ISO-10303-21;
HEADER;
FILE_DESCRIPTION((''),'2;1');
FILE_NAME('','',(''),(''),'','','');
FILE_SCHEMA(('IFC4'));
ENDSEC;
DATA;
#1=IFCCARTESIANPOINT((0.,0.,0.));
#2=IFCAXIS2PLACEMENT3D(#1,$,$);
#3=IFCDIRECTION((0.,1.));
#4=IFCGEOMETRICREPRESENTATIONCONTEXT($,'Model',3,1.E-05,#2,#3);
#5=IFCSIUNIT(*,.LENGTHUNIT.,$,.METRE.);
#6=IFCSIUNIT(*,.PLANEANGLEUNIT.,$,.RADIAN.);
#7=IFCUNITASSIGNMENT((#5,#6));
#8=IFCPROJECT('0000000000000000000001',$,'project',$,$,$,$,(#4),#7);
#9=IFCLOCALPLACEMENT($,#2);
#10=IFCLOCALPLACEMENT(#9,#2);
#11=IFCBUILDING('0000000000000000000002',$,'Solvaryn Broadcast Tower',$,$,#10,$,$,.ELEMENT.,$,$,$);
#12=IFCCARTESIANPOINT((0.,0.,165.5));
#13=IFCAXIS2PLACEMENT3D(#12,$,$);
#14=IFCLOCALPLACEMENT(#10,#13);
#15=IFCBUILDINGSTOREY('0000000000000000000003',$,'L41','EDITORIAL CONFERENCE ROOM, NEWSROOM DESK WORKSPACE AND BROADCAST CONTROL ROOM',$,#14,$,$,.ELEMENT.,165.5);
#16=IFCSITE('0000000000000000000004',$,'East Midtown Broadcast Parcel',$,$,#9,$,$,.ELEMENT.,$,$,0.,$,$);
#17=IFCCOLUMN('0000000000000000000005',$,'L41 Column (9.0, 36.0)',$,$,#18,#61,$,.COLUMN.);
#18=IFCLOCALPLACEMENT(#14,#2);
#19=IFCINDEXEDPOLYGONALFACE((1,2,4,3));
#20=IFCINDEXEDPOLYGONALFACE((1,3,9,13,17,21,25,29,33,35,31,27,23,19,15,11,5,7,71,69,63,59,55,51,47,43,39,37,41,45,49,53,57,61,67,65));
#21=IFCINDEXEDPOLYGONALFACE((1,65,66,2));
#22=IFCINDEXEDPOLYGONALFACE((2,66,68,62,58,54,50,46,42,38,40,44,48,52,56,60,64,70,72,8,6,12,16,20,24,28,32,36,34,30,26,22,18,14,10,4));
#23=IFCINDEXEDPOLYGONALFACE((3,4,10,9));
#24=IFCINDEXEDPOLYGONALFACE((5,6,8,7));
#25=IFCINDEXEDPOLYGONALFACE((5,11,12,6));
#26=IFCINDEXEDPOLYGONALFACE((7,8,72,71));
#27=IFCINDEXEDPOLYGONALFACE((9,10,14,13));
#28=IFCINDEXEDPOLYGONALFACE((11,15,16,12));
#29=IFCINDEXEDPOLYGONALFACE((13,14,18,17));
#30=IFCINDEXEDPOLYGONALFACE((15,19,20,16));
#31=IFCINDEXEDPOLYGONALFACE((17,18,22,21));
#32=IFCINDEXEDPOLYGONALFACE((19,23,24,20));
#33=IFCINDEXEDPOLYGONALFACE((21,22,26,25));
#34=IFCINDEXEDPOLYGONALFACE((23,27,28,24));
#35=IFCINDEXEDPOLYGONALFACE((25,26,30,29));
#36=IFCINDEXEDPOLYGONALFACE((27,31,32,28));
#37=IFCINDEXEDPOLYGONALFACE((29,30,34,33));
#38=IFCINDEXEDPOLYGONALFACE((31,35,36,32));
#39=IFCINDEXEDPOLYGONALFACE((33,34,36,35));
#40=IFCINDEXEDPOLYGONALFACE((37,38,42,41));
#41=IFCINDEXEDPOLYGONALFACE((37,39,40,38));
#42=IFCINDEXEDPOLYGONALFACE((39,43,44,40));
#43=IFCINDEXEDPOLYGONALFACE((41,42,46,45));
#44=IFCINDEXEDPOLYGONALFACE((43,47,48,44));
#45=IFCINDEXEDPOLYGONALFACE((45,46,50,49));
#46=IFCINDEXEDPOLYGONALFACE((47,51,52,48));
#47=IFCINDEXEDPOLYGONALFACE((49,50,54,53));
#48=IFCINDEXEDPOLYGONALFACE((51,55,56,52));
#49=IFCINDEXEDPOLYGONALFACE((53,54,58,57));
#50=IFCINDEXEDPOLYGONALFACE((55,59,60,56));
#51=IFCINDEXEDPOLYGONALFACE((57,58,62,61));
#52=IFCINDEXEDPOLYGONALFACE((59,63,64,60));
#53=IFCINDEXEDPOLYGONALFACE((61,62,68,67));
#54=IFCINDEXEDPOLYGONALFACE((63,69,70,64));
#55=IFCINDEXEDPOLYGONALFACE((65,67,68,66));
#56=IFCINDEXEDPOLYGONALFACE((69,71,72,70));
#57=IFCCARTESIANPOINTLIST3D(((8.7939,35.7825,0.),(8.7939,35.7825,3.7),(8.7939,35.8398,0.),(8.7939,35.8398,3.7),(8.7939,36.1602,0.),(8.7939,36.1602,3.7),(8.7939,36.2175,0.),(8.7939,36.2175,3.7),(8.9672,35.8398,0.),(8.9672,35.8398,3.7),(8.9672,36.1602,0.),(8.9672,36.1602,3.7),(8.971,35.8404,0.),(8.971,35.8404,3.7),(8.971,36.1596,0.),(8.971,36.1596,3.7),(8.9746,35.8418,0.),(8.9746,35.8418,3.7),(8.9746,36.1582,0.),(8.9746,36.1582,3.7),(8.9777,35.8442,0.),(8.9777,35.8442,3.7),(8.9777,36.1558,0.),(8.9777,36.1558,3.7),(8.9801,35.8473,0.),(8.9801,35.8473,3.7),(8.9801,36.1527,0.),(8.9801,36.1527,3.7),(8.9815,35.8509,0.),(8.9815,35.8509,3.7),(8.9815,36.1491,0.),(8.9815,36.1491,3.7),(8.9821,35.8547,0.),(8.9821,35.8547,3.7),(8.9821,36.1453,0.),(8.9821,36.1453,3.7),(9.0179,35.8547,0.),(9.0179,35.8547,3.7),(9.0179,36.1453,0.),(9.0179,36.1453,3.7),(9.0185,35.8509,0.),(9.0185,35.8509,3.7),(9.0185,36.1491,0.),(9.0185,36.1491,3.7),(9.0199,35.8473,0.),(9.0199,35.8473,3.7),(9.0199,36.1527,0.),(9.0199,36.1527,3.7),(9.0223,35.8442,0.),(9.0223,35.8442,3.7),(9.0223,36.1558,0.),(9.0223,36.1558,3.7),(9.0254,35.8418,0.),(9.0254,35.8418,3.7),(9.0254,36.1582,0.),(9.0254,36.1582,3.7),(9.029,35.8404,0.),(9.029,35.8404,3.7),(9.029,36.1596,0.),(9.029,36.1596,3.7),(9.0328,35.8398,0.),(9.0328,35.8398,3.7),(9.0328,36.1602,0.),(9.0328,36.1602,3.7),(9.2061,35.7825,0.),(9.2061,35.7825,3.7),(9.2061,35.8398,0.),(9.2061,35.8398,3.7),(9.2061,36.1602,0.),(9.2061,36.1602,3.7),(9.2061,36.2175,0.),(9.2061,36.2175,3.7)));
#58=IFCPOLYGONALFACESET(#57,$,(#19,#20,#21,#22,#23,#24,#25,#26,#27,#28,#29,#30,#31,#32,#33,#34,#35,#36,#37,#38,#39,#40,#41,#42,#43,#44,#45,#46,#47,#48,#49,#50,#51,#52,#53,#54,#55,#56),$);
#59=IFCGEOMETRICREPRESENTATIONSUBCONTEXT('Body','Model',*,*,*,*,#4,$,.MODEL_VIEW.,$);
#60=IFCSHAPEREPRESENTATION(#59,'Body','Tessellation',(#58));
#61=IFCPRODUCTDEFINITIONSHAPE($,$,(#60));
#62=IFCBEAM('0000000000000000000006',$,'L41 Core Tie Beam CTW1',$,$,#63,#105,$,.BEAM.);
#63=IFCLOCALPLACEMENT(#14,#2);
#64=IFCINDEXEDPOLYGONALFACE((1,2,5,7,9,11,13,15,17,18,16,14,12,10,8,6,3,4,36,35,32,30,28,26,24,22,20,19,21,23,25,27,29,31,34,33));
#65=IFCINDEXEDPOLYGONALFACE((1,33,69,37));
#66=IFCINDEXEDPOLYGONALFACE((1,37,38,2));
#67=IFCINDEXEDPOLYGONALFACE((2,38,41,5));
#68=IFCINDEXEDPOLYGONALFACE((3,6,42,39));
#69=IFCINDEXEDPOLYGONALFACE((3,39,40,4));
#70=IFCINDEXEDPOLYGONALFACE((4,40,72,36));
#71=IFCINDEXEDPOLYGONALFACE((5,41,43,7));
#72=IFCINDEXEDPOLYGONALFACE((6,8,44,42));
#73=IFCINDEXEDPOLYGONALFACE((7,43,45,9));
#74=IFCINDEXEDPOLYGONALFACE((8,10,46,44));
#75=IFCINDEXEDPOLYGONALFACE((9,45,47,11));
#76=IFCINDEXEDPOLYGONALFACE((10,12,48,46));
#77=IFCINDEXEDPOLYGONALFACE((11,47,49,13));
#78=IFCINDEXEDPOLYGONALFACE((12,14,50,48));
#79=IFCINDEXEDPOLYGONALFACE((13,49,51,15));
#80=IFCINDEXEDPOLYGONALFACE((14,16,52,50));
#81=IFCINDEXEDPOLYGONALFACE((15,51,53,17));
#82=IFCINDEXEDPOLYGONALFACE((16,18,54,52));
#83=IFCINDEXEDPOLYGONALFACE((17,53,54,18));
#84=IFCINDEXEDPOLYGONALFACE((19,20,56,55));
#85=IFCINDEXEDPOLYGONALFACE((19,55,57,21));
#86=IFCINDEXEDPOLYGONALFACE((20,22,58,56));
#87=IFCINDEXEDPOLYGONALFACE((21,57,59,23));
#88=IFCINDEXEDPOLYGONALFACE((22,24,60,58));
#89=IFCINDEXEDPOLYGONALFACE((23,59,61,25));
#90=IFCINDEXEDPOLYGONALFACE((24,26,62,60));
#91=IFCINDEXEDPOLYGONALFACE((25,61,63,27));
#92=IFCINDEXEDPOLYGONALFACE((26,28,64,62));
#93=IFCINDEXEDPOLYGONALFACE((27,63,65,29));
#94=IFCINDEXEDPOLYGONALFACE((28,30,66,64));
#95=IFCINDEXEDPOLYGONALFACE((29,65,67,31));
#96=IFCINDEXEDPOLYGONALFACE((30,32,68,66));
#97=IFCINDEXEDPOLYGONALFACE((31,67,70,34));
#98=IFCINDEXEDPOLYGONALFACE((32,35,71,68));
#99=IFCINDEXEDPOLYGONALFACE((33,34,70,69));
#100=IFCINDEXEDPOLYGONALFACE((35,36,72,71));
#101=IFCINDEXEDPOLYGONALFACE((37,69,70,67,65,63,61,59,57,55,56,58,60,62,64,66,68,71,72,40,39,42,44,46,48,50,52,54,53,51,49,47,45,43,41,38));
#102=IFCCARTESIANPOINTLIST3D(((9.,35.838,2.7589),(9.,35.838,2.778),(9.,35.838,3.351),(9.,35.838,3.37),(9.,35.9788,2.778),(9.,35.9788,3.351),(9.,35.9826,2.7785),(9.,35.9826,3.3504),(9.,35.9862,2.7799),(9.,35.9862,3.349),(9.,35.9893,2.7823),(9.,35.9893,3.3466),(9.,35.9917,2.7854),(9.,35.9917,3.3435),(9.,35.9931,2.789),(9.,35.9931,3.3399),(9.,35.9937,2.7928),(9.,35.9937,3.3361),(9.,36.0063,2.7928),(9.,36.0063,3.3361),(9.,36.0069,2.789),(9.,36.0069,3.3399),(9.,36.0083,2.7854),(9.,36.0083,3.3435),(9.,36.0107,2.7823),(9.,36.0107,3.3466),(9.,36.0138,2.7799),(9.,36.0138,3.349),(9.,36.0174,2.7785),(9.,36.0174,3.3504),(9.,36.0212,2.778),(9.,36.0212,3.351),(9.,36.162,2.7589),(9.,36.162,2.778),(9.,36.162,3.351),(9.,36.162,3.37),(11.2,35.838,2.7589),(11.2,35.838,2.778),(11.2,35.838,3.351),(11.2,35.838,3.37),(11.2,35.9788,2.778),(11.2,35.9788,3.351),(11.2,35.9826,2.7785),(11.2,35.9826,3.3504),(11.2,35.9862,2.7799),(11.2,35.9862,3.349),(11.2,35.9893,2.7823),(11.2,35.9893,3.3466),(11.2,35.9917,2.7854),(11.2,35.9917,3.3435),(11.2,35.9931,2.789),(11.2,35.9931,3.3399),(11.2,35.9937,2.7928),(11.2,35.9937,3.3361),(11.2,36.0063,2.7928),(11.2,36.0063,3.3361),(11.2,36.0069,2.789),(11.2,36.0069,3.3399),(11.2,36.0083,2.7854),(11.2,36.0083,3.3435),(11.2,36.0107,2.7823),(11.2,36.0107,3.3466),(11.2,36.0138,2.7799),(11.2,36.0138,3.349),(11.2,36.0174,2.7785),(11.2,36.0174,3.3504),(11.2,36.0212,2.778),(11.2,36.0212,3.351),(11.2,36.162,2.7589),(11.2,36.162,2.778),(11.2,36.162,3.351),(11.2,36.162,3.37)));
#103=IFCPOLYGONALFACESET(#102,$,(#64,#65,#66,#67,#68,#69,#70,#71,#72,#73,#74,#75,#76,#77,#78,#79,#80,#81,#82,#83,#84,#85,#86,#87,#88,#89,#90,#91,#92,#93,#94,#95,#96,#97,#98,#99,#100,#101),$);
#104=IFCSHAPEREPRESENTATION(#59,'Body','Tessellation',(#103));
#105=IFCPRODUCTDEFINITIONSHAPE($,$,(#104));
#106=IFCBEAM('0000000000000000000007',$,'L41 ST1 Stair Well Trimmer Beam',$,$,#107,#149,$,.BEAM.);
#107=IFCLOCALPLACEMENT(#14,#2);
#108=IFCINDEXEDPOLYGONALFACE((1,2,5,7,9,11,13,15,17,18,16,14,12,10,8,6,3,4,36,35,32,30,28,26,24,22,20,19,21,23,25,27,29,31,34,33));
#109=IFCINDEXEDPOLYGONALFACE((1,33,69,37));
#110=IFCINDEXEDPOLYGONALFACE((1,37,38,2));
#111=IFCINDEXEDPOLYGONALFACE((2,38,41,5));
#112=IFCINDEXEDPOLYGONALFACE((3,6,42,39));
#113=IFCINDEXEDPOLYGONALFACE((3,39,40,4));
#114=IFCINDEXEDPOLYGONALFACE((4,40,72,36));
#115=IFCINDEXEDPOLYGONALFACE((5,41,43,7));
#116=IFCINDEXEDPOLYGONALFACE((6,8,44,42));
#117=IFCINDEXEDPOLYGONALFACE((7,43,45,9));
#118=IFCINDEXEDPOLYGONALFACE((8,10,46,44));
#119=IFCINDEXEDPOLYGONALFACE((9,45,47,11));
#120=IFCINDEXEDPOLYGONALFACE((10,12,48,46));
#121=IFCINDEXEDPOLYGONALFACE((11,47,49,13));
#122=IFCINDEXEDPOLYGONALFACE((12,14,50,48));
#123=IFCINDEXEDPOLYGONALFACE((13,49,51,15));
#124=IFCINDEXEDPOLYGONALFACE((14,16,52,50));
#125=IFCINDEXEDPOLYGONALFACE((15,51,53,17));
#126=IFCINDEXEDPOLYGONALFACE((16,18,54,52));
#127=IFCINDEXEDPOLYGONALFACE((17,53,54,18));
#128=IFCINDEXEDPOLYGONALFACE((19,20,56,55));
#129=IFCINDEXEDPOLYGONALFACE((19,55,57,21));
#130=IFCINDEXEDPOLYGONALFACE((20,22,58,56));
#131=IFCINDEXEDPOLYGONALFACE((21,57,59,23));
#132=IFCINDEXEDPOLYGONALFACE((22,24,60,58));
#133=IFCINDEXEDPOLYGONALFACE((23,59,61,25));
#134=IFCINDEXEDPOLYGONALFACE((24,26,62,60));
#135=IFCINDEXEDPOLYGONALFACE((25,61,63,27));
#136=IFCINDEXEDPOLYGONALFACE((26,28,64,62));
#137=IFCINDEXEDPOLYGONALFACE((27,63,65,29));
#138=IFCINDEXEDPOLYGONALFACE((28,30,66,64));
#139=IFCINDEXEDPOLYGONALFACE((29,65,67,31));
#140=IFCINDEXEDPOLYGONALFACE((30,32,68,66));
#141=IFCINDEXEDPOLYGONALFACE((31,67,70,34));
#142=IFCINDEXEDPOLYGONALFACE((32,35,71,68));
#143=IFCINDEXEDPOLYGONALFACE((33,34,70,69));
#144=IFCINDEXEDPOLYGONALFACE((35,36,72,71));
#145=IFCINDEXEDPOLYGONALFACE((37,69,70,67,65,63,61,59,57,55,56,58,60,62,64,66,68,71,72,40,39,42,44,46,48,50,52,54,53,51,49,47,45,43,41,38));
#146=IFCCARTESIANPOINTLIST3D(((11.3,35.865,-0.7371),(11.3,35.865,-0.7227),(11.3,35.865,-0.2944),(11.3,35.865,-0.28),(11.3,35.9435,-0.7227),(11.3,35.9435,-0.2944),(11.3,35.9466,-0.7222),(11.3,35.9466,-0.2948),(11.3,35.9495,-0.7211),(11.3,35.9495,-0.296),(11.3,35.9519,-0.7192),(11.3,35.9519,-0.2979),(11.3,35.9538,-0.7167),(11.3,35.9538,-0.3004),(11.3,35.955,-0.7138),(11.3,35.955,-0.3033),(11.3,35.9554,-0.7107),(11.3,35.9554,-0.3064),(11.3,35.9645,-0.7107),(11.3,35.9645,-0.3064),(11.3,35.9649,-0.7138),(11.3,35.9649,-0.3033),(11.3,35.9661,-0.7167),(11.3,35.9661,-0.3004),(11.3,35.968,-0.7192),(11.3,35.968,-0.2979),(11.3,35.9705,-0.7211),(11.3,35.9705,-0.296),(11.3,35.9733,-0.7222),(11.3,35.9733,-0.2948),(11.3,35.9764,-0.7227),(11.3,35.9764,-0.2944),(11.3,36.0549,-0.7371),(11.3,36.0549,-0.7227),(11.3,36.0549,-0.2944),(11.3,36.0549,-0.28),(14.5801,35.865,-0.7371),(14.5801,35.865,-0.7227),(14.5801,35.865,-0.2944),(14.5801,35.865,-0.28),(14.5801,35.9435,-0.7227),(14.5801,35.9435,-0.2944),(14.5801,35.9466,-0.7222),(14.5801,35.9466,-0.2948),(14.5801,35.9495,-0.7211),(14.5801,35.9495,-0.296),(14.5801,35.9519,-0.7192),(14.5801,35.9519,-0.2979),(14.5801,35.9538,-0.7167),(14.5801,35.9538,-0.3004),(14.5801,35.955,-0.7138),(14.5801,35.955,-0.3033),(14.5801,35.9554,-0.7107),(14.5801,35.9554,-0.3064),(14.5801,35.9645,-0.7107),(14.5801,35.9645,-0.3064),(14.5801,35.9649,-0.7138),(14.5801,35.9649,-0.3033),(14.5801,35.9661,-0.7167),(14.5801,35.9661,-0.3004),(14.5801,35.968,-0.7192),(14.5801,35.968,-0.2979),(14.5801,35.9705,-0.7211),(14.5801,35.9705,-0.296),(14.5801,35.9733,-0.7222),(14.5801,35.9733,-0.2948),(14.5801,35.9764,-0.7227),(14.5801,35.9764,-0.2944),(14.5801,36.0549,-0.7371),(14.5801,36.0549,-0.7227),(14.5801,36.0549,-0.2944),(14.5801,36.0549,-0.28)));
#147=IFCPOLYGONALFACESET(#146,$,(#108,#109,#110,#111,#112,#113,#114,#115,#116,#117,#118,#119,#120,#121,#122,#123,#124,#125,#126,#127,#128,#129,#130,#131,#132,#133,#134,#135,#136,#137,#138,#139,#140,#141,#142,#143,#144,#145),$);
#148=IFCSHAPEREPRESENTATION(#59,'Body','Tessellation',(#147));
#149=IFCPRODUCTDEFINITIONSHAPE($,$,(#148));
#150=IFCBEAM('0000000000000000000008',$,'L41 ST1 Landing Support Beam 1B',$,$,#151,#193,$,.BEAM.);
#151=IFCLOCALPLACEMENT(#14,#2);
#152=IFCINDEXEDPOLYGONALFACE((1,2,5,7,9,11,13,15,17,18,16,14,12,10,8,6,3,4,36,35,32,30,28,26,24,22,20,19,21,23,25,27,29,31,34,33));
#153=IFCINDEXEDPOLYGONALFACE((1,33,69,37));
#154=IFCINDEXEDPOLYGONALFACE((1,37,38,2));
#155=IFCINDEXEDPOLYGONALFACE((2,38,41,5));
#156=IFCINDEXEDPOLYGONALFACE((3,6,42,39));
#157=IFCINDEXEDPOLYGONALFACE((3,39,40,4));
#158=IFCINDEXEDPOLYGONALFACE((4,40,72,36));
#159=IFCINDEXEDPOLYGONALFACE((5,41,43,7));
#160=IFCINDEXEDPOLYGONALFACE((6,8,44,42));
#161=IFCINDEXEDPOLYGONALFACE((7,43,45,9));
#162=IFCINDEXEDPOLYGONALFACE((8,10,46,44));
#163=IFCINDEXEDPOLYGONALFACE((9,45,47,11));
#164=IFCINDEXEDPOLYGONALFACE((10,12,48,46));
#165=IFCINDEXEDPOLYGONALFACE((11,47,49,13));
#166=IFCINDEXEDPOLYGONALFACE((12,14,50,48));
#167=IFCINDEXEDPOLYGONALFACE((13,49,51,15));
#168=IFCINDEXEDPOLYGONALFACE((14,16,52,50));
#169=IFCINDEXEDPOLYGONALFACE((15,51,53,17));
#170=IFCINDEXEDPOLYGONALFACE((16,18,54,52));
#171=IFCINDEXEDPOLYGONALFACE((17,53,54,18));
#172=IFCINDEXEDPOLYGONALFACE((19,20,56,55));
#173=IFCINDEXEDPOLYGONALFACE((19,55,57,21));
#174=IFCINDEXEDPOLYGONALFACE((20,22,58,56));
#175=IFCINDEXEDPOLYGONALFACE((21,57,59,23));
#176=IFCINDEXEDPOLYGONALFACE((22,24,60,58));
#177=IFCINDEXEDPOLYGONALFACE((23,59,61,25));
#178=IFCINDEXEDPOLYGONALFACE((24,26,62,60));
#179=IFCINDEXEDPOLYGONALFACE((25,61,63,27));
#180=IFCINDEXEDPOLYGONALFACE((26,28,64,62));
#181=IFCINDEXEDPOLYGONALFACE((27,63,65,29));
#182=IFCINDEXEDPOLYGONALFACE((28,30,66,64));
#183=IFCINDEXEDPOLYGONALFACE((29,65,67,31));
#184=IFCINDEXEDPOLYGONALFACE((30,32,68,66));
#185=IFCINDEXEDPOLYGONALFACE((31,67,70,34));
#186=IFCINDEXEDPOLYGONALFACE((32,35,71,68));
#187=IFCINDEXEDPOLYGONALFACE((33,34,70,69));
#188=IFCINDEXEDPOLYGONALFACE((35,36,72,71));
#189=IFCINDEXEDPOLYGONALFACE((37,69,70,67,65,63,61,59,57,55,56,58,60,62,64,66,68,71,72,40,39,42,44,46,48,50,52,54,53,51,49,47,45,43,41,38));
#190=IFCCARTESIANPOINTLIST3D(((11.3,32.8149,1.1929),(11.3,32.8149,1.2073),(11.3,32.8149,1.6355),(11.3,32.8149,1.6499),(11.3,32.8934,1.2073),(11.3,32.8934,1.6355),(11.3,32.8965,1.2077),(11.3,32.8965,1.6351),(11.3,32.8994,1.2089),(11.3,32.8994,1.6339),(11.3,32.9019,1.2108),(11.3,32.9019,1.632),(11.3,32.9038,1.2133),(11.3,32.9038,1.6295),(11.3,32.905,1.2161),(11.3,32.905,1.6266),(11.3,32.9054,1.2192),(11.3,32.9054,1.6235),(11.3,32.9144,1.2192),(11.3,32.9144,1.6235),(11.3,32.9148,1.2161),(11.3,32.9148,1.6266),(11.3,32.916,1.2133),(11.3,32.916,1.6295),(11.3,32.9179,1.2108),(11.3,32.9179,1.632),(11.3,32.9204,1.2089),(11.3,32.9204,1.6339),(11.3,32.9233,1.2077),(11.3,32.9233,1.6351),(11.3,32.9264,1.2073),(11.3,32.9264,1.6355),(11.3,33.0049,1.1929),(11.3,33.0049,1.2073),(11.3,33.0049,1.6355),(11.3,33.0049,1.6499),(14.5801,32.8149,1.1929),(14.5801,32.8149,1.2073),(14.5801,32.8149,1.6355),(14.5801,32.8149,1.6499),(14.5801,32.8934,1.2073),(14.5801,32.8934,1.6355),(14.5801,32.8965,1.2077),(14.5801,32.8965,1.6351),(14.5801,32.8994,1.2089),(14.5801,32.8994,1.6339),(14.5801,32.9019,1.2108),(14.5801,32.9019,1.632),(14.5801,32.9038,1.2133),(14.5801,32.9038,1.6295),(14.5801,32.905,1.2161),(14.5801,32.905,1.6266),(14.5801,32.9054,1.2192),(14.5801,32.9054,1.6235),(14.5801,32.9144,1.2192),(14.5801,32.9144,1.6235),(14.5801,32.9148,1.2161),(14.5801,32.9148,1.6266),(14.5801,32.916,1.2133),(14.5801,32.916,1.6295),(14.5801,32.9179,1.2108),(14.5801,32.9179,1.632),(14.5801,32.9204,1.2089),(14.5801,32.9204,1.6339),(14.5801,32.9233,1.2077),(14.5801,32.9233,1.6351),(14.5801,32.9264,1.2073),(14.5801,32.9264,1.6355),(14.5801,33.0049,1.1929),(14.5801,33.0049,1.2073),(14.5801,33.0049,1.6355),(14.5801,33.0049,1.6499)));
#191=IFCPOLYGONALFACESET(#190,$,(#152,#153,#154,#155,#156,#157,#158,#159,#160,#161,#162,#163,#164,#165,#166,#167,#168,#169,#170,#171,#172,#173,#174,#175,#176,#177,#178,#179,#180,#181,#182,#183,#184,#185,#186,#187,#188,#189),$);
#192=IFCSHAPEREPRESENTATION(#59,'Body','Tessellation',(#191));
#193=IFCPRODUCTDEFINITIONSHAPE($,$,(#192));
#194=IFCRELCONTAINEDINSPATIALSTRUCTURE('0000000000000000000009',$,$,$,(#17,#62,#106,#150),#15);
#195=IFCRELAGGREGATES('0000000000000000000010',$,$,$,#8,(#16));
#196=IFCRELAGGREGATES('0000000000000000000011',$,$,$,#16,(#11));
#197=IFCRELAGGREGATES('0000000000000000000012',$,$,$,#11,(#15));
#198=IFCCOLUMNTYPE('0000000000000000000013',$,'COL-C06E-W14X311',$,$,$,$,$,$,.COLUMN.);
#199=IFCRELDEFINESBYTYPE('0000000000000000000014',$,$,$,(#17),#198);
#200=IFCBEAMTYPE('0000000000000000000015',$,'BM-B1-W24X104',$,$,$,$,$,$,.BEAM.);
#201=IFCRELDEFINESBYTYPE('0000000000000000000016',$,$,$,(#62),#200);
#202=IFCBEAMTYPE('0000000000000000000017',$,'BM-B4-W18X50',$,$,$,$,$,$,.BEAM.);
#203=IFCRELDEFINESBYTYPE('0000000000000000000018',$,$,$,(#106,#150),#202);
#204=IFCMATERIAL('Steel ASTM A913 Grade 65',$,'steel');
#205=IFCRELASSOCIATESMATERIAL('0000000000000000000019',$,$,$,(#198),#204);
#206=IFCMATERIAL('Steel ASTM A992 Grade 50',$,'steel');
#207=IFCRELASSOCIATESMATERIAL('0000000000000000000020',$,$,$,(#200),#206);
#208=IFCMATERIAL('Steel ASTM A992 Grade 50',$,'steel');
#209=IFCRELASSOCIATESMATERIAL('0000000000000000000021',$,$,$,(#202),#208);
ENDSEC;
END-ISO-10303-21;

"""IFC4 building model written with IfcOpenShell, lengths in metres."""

from ifc_helpers import new_model, si_unit, direction, frame, origin, origin_2d, place, context, subcontext, project, spatial, i_section, extrude, material, material_profile, profile_set, type_object, element, save


model = new_model("IFC4")

# Units and contexts
model_context = context("Model", 3, precision=1e-05, world=origin(), true_north=direction((0.0, 1.0)))
body_context = subcontext(model_context, "Body", "Model", "MODEL_VIEW")
ifc_project = project(units=[si_unit("LENGTHUNIT", "METRE"), si_unit("PLANEANGLEUNIT", "RADIAN")], contexts=[model_context])

# Site, building, storey
site_placement = place(None, origin())
site = spatial("IfcSite", under=ifc_project, at=site_placement, Name="East Midtown Broadcast Parcel", CompositionType="ELEMENT", RefElevation=0.0)
building_placement = place(site_placement, origin())
building = spatial("IfcBuilding", under=site, at=building_placement, Name="Solvaryn Broadcast Tower", CompositionType="ELEMENT")
storey_placement = place(building_placement, frame((0.0, 0.0, 165.5)))
storey = spatial("IfcBuildingStorey", under=building, at=storey_placement, Name="L41", Description="EDITORIAL CONFERENCE ROOM, NEWSROOM DESK WORKSPACE AND BROADCAST CONTROL ROOM", CompositionType="ELEMENT", Elevation=165.5)

# Column
ifc_material_1 = material(Name="Steel ASTM A913 Grade 65", Category="steel")
ifc_material_profile_1 = material_profile(ifc_material_1, i_section(OverallWidth=0.4121, OverallDepth=0.4351, WebThickness=0.0359, FlangeThickness=0.0574, FilletRadius=0.0149, at=origin_2d()))
ifc_profile_set_1 = profile_set([ifc_material_profile_1], Name="Steel ASTM A913 Grade 65")
column_type = type_object("IfcColumnType", Name="COL-C06E-W14X311", PredefinedType="COLUMN", material=ifc_profile_set_1)
column_placement = place(storey_placement, frame((9.0, 36.0, 0.0), z_axis=(0.0, 0.0, 1.0), x_axis=(1.0, 0.0, 0.0)))
element("IfcColumn", 1, at=column_placement, inside=storey, type_object=column_type, Name="L41 Column (9.0, 36.0)", PredefinedType="COLUMN", context=body_context, shape_type="SweptSolid", body=[
    extrude(i_section(OverallWidth=0.4121, OverallDepth=0.4351, WebThickness=0.0359, FlangeThickness=0.0574, FilletRadius=0.0149, at=origin_2d()), origin(), (0.0, 0.0, 1.0), 3.7),
])

# Beams
ifc_material_2 = material(Name="Steel ASTM A992 Grade 50", Category="steel")
ifc_material_profile_2 = material_profile(ifc_material_2, i_section(OverallWidth=0.324, OverallDepth=0.6111, WebThickness=0.0127, FlangeThickness=0.019, FilletRadius=0.0149, at=origin_2d()))
ifc_profile_set_2 = profile_set([ifc_material_profile_2], Name="Steel ASTM A992 Grade 50")
beam_type_1 = type_object("IfcBeamType", Name="BM-B1-W24X104", PredefinedType="BEAM", material=ifc_profile_set_2)
beam_1_placement = place(storey_placement, frame((9.0, 36.0, 3.0645), z_axis=(1.0, 0.0, 0.0), x_axis=(0.0, 1.0, 0.0)))
element("IfcBeam", 2, at=beam_1_placement, inside=storey, type_object=beam_type_1, Name="L41 Core Tie Beam CTW1", PredefinedType="BEAM", context=body_context, shape_type="SweptSolid", body=[
    extrude(i_section(OverallWidth=0.324, OverallDepth=0.6111, WebThickness=0.0127, FlangeThickness=0.019, FilletRadius=0.0149, at=origin_2d()), origin(), (0.0, 0.0, 1.0), 2.2),
])
ifc_material_3 = material(Name="Steel ASTM A992 Grade 50", Category="steel")
ifc_material_profile_3 = material_profile(ifc_material_3, i_section(OverallWidth=0.1899, OverallDepth=0.457, WebThickness=0.009, FlangeThickness=0.0144, FilletRadius=0.012, at=origin_2d()))
ifc_profile_set_3 = profile_set([ifc_material_profile_3], Name="Steel ASTM A992 Grade 50")
beam_type_2 = type_object("IfcBeamType", Name="BM-B4-W18X50", PredefinedType="BEAM", material=ifc_profile_set_3)
for number, where, z_axis, x_axis, name in (
    (3, (11.3, 35.96, -0.5085), (1.0, 0.0, 0.0), (0.0, 1.0, 0.0), "L41 ST1 Stair Well Trimmer Beam"),
    (4, (11.3, 32.9099, 1.4214), (1.0, 0.0, 0.0), (0.0, 1.0, 0.0), "L41 ST1 Landing Support Beam 1B"),
):
    element("IfcBeam", number, at=place(storey_placement, frame(where, z_axis=z_axis, x_axis=x_axis)), inside=storey, type_object=beam_type_2, Name=name, PredefinedType="BEAM", context=body_context, shape_type="SweptSolid", body=[
        extrude(i_section(OverallWidth=0.1899, OverallDepth=0.457, WebThickness=0.009, FlangeThickness=0.0144, FilletRadius=0.012, at=origin_2d()), origin(), (0.0, 0.0, 1.0), 3.28),
    ])

save(model, "model.ifc")
